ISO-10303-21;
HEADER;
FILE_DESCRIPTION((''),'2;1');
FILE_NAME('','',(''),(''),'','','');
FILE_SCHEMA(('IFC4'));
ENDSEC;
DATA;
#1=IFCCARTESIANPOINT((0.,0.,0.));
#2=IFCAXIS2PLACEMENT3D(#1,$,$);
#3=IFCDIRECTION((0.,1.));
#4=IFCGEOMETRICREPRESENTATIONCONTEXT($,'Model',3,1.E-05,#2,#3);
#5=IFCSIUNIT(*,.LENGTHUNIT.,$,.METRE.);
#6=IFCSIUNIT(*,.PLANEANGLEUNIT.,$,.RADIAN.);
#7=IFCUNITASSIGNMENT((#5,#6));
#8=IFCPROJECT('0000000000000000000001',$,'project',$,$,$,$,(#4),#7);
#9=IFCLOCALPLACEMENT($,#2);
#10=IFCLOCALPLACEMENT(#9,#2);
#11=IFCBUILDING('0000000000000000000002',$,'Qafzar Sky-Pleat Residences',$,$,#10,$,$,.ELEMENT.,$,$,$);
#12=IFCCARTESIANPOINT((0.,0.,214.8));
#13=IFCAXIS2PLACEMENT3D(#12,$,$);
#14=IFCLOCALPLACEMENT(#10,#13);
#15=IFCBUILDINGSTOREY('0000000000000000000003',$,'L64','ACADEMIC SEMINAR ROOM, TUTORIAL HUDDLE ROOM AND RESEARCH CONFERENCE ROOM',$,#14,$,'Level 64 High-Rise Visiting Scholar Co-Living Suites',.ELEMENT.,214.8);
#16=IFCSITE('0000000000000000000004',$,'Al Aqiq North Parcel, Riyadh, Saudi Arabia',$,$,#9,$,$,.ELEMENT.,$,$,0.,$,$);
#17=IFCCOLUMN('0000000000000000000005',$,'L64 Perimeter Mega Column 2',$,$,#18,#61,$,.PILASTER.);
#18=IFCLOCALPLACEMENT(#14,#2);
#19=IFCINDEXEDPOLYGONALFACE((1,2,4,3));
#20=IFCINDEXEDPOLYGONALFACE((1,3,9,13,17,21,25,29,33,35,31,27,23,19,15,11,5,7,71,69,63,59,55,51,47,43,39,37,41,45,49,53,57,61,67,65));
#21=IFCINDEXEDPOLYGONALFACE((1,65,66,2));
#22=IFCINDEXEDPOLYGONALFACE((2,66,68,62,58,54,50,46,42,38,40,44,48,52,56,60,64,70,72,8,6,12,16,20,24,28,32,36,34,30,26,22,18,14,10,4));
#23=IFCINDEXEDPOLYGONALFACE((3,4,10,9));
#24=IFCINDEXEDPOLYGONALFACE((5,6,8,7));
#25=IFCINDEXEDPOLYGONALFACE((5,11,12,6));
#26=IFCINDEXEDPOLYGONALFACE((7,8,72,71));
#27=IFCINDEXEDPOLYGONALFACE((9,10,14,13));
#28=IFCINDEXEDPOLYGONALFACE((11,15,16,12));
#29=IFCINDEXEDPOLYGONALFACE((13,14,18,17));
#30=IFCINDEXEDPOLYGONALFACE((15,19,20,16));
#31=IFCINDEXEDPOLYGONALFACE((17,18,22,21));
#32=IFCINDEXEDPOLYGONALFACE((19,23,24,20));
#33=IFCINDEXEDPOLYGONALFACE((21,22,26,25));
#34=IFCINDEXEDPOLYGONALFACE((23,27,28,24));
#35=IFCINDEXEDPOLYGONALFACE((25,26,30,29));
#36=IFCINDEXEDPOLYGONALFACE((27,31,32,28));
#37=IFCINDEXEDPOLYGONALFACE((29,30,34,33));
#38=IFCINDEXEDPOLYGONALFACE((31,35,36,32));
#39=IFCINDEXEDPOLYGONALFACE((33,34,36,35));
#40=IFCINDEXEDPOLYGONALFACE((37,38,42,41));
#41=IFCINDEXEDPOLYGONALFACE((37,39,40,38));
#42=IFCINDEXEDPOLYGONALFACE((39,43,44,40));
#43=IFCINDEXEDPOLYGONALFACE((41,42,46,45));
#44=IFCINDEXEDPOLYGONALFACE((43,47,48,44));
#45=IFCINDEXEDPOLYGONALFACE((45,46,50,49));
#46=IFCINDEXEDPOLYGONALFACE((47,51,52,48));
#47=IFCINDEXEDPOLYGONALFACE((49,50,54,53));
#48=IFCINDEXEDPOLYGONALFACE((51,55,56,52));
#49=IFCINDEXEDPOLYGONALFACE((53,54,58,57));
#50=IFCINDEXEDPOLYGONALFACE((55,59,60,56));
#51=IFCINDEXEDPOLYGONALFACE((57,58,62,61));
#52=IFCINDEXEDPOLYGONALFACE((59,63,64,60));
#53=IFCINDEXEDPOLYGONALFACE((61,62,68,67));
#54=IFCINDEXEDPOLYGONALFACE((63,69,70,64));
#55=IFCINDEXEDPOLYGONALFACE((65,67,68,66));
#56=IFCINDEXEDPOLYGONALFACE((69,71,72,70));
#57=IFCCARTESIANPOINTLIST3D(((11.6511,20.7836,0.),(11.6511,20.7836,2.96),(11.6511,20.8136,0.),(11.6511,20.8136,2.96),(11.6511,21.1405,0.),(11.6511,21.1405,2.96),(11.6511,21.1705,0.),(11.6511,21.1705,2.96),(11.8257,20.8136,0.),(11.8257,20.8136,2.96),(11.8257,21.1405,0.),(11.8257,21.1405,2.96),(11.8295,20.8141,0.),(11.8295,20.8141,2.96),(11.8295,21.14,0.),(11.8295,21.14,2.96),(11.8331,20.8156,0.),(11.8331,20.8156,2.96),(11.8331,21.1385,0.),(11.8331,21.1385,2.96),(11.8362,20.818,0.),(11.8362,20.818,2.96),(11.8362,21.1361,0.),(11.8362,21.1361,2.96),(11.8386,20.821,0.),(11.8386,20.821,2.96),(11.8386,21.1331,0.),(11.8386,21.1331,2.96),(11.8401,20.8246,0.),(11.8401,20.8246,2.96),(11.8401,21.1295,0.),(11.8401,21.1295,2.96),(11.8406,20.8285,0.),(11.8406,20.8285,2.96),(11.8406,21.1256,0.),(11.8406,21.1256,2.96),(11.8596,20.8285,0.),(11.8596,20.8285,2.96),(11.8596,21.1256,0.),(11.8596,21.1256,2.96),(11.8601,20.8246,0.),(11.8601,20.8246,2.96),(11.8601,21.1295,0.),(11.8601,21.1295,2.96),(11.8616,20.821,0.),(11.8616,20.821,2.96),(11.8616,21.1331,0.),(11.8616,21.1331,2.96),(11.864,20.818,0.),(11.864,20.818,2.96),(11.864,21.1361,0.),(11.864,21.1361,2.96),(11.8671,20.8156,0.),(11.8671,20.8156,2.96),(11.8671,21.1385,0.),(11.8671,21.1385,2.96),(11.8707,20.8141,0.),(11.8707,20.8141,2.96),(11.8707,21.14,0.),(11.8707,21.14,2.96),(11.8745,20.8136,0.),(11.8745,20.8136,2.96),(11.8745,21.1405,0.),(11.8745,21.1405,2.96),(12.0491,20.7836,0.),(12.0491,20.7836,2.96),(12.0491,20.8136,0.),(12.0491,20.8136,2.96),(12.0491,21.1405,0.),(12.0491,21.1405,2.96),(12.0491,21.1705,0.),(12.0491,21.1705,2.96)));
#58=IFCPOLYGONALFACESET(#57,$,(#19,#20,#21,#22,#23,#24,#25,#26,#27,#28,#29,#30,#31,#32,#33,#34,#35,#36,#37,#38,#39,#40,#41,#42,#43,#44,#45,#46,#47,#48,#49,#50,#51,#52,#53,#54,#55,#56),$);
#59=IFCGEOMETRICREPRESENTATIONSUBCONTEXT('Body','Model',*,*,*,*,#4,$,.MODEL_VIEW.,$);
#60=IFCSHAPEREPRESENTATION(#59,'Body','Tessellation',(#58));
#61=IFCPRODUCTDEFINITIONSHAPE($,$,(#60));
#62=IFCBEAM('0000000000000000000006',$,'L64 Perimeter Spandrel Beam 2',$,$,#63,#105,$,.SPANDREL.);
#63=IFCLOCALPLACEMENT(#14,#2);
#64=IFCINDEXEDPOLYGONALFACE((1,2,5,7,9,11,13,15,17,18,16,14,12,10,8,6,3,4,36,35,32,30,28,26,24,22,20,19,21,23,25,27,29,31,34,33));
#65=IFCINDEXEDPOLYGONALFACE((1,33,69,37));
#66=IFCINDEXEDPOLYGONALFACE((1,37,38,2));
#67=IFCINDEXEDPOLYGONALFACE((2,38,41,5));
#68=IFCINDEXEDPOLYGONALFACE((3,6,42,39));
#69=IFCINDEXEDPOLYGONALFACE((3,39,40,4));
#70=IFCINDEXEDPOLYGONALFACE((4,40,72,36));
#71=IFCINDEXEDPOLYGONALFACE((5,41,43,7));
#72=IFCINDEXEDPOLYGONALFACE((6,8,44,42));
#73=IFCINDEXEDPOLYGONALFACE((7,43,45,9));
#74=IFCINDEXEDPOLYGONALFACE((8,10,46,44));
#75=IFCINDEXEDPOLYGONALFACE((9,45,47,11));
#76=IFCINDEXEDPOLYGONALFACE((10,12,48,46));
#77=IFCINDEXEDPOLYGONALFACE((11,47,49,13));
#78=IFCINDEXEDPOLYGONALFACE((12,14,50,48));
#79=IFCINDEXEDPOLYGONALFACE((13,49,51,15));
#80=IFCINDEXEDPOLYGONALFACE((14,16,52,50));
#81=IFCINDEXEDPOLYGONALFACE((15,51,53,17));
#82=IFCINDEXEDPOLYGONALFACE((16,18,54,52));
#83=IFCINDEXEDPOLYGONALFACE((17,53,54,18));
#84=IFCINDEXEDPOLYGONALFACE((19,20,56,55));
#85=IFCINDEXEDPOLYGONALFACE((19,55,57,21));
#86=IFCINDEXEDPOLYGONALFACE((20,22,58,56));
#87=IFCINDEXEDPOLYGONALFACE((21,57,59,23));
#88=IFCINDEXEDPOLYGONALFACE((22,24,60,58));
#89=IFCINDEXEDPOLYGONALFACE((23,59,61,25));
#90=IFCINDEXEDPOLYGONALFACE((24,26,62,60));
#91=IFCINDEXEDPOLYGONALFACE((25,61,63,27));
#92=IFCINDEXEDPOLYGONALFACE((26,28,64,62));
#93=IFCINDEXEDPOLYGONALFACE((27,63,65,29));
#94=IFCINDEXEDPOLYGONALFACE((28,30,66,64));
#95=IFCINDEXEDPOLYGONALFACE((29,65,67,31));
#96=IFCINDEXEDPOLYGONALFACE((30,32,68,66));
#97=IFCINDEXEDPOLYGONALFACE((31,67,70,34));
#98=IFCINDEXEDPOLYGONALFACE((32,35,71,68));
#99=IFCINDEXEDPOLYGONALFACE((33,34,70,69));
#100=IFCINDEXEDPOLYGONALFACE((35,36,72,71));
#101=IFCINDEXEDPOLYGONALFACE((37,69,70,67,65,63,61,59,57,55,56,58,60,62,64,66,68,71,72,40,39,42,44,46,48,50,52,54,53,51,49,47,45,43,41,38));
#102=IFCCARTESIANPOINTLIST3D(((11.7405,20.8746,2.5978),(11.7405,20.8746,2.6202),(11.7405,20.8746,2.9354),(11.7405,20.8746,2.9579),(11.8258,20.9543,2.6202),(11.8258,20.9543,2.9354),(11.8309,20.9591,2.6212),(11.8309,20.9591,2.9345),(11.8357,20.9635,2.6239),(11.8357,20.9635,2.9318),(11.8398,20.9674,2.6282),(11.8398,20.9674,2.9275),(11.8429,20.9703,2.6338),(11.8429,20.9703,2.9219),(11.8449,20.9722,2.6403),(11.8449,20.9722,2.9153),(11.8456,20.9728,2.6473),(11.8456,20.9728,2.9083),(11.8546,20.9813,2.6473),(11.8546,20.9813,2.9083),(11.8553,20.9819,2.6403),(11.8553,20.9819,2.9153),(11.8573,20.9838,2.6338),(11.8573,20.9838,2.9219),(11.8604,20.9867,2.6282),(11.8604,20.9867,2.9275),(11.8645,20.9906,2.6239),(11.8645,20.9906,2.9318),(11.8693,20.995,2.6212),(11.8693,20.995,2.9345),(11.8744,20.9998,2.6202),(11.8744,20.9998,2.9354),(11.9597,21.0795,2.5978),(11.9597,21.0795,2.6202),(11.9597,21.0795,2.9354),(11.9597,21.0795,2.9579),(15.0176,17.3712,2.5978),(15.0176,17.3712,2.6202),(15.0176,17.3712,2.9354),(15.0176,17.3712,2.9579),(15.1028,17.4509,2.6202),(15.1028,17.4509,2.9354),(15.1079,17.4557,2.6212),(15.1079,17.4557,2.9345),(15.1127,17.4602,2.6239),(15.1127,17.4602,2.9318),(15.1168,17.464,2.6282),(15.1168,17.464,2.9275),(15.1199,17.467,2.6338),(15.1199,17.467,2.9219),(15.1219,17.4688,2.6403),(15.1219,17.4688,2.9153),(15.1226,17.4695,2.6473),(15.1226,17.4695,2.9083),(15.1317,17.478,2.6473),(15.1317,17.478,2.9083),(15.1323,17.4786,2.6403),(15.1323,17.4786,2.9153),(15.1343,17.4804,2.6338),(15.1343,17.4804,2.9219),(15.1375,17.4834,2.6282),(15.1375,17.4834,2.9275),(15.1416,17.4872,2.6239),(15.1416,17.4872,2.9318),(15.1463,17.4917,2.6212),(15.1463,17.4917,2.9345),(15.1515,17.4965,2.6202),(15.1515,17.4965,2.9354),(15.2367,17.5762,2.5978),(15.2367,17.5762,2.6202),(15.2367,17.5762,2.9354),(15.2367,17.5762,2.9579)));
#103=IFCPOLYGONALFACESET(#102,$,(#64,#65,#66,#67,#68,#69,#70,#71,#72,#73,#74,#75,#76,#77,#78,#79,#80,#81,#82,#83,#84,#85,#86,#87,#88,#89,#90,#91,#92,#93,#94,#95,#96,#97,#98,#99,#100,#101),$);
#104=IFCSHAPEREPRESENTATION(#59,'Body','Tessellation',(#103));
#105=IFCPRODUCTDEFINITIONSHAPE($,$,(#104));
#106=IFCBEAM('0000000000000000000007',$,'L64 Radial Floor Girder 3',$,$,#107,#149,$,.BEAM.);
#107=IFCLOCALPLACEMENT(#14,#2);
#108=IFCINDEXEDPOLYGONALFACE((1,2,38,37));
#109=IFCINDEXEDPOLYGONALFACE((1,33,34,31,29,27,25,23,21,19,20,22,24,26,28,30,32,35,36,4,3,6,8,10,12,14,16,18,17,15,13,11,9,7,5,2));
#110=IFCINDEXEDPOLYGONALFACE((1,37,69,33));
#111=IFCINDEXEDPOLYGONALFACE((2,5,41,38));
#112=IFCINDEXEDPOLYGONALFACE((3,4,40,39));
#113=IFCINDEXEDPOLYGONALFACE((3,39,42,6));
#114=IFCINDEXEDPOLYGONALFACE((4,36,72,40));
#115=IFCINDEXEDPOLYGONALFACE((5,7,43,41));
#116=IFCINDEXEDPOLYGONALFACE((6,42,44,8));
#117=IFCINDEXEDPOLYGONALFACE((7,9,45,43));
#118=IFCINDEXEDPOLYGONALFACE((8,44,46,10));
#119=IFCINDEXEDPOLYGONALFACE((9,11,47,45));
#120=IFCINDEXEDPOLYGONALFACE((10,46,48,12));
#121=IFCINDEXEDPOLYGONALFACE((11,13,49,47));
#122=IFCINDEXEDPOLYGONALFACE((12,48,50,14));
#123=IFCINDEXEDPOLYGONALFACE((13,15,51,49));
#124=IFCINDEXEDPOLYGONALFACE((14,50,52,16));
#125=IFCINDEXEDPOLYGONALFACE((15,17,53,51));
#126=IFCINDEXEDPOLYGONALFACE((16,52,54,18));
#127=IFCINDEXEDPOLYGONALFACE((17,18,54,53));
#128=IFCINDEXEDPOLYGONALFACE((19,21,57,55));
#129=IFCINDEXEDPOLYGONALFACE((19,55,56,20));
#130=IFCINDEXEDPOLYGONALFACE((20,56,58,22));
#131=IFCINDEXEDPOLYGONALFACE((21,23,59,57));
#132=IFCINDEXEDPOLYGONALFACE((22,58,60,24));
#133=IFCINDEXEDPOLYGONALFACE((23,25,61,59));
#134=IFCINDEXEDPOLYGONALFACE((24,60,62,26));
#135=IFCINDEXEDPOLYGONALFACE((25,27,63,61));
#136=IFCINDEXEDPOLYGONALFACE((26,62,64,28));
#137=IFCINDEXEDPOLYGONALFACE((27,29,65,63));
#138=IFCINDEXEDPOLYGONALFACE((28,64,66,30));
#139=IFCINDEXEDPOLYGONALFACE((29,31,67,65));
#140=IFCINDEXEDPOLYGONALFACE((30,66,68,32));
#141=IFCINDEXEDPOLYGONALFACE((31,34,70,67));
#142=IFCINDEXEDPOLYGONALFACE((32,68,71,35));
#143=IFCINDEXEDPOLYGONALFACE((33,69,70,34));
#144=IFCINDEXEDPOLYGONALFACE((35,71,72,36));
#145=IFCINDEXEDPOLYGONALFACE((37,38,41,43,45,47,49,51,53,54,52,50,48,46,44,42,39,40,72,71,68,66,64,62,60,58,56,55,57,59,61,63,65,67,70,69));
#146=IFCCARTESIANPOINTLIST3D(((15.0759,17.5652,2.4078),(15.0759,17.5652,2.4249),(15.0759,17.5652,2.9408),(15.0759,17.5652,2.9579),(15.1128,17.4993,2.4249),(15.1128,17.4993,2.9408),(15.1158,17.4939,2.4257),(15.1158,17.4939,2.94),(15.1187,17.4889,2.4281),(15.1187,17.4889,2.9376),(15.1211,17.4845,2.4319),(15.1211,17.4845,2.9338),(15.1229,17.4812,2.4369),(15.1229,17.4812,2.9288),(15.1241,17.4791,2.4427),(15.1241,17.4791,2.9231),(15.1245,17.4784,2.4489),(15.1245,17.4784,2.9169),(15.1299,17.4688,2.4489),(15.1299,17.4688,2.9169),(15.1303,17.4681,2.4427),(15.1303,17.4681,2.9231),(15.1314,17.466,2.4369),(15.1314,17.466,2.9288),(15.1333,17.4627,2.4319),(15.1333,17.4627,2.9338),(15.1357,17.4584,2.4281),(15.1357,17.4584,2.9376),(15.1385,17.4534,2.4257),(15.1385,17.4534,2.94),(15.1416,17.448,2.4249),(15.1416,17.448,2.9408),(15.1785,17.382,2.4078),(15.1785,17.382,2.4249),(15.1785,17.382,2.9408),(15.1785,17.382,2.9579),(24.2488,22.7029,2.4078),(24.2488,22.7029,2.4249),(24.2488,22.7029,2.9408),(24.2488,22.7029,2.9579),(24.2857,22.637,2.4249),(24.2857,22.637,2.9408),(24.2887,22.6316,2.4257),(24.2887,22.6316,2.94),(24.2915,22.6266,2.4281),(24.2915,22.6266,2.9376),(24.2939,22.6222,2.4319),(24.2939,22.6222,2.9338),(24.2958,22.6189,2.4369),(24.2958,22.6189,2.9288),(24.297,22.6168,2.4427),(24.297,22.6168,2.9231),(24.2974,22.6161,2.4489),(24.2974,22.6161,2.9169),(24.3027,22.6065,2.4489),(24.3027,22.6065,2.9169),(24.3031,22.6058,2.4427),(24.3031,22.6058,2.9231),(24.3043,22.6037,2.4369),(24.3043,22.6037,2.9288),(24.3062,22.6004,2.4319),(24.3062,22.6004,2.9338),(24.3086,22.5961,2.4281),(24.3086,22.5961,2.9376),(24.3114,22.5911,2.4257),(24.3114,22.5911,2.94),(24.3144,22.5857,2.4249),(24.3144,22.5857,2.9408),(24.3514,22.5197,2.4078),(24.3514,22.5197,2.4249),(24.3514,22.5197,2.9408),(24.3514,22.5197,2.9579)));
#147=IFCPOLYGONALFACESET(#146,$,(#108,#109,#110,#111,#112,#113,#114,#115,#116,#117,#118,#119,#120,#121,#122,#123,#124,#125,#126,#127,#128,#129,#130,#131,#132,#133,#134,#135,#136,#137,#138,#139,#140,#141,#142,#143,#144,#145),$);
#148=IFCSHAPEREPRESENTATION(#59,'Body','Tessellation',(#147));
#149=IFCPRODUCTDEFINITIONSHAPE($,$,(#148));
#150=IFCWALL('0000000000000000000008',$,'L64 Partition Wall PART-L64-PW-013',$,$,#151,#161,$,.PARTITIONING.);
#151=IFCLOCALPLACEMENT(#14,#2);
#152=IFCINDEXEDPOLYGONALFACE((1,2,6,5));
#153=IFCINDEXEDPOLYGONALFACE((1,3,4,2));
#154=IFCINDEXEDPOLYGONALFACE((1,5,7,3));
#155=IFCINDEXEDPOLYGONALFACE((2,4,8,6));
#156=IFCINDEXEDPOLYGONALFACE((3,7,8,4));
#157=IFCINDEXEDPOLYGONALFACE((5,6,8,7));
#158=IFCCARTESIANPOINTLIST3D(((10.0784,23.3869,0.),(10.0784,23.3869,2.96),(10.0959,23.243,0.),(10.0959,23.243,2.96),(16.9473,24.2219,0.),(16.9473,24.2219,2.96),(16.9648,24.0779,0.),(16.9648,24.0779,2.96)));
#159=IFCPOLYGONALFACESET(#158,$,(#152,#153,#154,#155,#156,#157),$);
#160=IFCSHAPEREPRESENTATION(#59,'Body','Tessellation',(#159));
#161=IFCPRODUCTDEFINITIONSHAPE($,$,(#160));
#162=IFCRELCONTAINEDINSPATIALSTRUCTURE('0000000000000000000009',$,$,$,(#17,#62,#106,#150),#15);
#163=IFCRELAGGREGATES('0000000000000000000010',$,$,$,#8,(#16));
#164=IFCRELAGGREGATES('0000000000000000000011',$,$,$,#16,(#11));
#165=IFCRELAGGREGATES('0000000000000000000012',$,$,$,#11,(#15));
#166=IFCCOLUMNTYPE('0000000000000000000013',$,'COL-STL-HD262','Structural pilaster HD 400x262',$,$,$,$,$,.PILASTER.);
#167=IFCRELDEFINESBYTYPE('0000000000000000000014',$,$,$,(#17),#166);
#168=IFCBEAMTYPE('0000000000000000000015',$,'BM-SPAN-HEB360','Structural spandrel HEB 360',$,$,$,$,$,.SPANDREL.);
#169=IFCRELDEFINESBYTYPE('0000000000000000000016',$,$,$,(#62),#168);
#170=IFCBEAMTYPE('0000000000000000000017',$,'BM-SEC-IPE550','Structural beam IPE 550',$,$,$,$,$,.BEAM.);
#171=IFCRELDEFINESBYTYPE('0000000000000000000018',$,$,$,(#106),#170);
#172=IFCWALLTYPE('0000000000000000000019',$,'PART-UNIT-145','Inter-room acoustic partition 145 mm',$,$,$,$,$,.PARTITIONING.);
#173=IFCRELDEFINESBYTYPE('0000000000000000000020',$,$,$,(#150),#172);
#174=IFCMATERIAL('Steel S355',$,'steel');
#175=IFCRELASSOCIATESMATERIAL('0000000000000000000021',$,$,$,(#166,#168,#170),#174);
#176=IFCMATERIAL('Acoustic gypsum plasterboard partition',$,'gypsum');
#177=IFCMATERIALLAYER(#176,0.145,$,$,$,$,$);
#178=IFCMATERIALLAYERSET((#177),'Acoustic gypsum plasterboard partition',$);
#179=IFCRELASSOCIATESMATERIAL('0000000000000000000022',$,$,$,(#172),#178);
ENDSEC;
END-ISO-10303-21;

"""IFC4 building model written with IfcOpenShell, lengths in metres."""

from ifc_helpers import new_model, si_unit, direction, frame, frame_2d, origin, origin_2d, place, context, subcontext, project, spatial, rectangle, i_section, extrude, source, transform, mapped, material, layer, layer_set, material_profile, profile_set, type_object, element, save


model = new_model("IFC4")

# Units and contexts
model_context = context("Model", 3, precision=1e-05, world=origin(), true_north=direction((0.0, 1.0)))
body_context = subcontext(model_context, "Body", "Model", "MODEL_VIEW")
ifc_project = project(units=[si_unit("LENGTHUNIT", "METRE"), si_unit("PLANEANGLEUNIT", "RADIAN")], contexts=[model_context])

# Site, building, storey
site_placement = place(None, origin())
site = spatial("IfcSite", under=ifc_project, at=site_placement, Name="Al Aqiq North Parcel, Riyadh, Saudi Arabia", CompositionType="ELEMENT", RefElevation=0.0)
building_placement = place(site_placement, origin())
building = spatial("IfcBuilding", under=site, at=building_placement, Name="Qafzar Sky-Pleat Residences", CompositionType="ELEMENT")
storey_placement = place(building_placement, frame((0.0, 0.0, 214.8)))
storey = spatial("IfcBuildingStorey", under=building, at=storey_placement, Name="L64", Description="ACADEMIC SEMINAR ROOM, TUTORIAL HUDDLE ROOM AND RESEARCH CONFERENCE ROOM", LongName="Level 64 High-Rise Visiting Scholar Co-Living Suites", CompositionType="ELEMENT", Elevation=214.8)

# Column
ifc_material_1 = material(Name="Steel S355", Category="steel")
ifc_material_profile_1 = material_profile(ifc_material_1, i_section(OverallWidth=0.3979, OverallDepth=0.387, WebThickness=0.019, FlangeThickness=0.03, FilletRadius=0.0149, at=origin_2d()), Name="HD 400x262")
ifc_profile_set_1 = profile_set([ifc_material_profile_1], Name="Steel S355")
column_type = type_object("IfcColumnType", Name="COL-STL-HD262", Description="Structural pilaster HD 400x262", PredefinedType="PILASTER", material=ifc_profile_set_1)
shared_shape_1 = source(origin(), body_context, "Body", "SweptSolid", [
    extrude(i_section(OverallWidth=0.3979, OverallDepth=0.387, WebThickness=0.019, FlangeThickness=0.03, FilletRadius=0.0149, at=origin_2d()), origin(), (0.0, 0.0, 1.0), 2.96),
])
column_placement = place(storey_placement, frame((11.8501, 20.9771, 0.0), z_axis=(0.0, 0.0, 1.0), x_axis=(1.0, 0.0, 0.0)))
element("IfcColumn", 1, at=column_placement, inside=storey, type_object=column_type, Name="L64 Perimeter Mega Column 2", PredefinedType="PILASTER", context=body_context, shape_type="MappedRepresentation", body=[
    mapped(shared_shape_1, transform((0.0, 0.0, 0.0), x_axis=(1.0, 0.0, 0.0), y_axis=(0.0, 1.0, 0.0), z_axis=(0.0, 0.0, 1.0), scale=1.0)),
])

# Beams
ifc_material_profile_2 = material_profile(ifc_material_1, i_section(OverallWidth=0.3, OverallDepth=0.3601, WebThickness=0.0125, FlangeThickness=0.0225, FilletRadius=0.0271, at=origin_2d()), Name="HEB 360")
ifc_profile_set_2 = profile_set([ifc_material_profile_2], Name="Steel S355")
beam_type_1 = type_object("IfcBeamType", Name="BM-SPAN-HEB360", Description="Structural spandrel HEB 360", PredefinedType="SPANDREL", material=ifc_profile_set_2)
shared_shape_2 = source(origin(), body_context, "Body", "SweptSolid", [
    extrude(i_section(OverallWidth=0.3, OverallDepth=0.3601, WebThickness=0.0125, FlangeThickness=0.0225, FilletRadius=0.0271, at=origin_2d()), origin(), (0.0, 0.0, 1.0), 4.7971),
])
beam_1_placement = place(storey_placement, frame((11.8501, 20.9771, 2.7778), z_axis=(0.683125, -0.730302, 0.0), x_axis=(0.730302, 0.683125, 0.0)))
element("IfcBeam", 2, at=beam_1_placement, inside=storey, type_object=beam_type_1, Name="L64 Perimeter Spandrel Beam 2", PredefinedType="SPANDREL", context=body_context, shape_type="MappedRepresentation", body=[
    mapped(shared_shape_2, transform((0.0, 0.0, 0.0), x_axis=(1.0, 0.0, 0.0), y_axis=(0.0, 1.0, 0.0), z_axis=(0.0, 0.0, 1.0), scale=1.0)),
])
ifc_material_profile_3 = material_profile(ifc_material_1, i_section(OverallWidth=0.21, OverallDepth=0.55, WebThickness=0.011, FlangeThickness=0.0171, FilletRadius=0.0239, at=origin_2d()), Name="IPE 550")
ifc_profile_set_3 = profile_set([ifc_material_profile_3], Name="Steel S355")
beam_type_2 = type_object("IfcBeamType", Name="BM-SEC-IPE550", Description="Structural beam IPE 550", PredefinedType="BEAM", material=ifc_profile_set_3)
shared_shape_3 = source(origin(), body_context, "Body", "SweptSolid", [
    extrude(i_section(OverallWidth=0.21, OverallDepth=0.55, WebThickness=0.011, FlangeThickness=0.0171, FilletRadius=0.0239, at=origin_2d()), origin(), (0.0, 0.0, 1.0), 10.5137),
])
beam_2_placement = place(storey_placement, frame((15.1272, 17.4736, 2.6829), z_axis=(0.87247, 0.488668, 0.0), x_axis=(-0.488668, 0.87247, 0.0)))
element("IfcBeam", 3, at=beam_2_placement, inside=storey, type_object=beam_type_2, Name="L64 Radial Floor Girder 3", PredefinedType="BEAM", context=body_context, shape_type="MappedRepresentation", body=[
    mapped(shared_shape_3, transform((0.0, 0.0, 0.0), x_axis=(1.0, 0.0, 0.0), y_axis=(0.0, 1.0, 0.0), z_axis=(0.0, 0.0, 1.0), scale=1.0)),
])

# Wall
ifc_material_2 = material(Name="Acoustic gypsum plasterboard partition", Category="gypsum")
ifc_layer_1 = layer(ifc_material_2, 0.145)
ifc_layer_set_1 = layer_set([ifc_layer_1], Name="Acoustic gypsum plasterboard partition")
wall_type_1 = type_object("IfcWallType", Name="PART-UNIT-145", Description="Inter-room acoustic partition 145 mm", PredefinedType="PARTITIONING", material=ifc_layer_set_1)
wall_1_placement = place(storey_placement, frame((10.0872, 23.3149, 0.0), z_axis=(0.0, 0.0, 1.0), x_axis=(0.992693, 0.120669, 0.0)))
element("IfcWall", 4, at=wall_1_placement, inside=storey, type_object=wall_type_1, Name="L64 Partition Wall PART-L64-PW-013", PredefinedType="PARTITIONING", context=body_context, shape_type="SweptSolid", body=[
    extrude(rectangle(XDim=6.9194, YDim=0.145, at=frame_2d((3.4597, 0.0))), origin(), (0.0, 0.0, 1.0), 2.96),
])

save(model, "model.ifc")
